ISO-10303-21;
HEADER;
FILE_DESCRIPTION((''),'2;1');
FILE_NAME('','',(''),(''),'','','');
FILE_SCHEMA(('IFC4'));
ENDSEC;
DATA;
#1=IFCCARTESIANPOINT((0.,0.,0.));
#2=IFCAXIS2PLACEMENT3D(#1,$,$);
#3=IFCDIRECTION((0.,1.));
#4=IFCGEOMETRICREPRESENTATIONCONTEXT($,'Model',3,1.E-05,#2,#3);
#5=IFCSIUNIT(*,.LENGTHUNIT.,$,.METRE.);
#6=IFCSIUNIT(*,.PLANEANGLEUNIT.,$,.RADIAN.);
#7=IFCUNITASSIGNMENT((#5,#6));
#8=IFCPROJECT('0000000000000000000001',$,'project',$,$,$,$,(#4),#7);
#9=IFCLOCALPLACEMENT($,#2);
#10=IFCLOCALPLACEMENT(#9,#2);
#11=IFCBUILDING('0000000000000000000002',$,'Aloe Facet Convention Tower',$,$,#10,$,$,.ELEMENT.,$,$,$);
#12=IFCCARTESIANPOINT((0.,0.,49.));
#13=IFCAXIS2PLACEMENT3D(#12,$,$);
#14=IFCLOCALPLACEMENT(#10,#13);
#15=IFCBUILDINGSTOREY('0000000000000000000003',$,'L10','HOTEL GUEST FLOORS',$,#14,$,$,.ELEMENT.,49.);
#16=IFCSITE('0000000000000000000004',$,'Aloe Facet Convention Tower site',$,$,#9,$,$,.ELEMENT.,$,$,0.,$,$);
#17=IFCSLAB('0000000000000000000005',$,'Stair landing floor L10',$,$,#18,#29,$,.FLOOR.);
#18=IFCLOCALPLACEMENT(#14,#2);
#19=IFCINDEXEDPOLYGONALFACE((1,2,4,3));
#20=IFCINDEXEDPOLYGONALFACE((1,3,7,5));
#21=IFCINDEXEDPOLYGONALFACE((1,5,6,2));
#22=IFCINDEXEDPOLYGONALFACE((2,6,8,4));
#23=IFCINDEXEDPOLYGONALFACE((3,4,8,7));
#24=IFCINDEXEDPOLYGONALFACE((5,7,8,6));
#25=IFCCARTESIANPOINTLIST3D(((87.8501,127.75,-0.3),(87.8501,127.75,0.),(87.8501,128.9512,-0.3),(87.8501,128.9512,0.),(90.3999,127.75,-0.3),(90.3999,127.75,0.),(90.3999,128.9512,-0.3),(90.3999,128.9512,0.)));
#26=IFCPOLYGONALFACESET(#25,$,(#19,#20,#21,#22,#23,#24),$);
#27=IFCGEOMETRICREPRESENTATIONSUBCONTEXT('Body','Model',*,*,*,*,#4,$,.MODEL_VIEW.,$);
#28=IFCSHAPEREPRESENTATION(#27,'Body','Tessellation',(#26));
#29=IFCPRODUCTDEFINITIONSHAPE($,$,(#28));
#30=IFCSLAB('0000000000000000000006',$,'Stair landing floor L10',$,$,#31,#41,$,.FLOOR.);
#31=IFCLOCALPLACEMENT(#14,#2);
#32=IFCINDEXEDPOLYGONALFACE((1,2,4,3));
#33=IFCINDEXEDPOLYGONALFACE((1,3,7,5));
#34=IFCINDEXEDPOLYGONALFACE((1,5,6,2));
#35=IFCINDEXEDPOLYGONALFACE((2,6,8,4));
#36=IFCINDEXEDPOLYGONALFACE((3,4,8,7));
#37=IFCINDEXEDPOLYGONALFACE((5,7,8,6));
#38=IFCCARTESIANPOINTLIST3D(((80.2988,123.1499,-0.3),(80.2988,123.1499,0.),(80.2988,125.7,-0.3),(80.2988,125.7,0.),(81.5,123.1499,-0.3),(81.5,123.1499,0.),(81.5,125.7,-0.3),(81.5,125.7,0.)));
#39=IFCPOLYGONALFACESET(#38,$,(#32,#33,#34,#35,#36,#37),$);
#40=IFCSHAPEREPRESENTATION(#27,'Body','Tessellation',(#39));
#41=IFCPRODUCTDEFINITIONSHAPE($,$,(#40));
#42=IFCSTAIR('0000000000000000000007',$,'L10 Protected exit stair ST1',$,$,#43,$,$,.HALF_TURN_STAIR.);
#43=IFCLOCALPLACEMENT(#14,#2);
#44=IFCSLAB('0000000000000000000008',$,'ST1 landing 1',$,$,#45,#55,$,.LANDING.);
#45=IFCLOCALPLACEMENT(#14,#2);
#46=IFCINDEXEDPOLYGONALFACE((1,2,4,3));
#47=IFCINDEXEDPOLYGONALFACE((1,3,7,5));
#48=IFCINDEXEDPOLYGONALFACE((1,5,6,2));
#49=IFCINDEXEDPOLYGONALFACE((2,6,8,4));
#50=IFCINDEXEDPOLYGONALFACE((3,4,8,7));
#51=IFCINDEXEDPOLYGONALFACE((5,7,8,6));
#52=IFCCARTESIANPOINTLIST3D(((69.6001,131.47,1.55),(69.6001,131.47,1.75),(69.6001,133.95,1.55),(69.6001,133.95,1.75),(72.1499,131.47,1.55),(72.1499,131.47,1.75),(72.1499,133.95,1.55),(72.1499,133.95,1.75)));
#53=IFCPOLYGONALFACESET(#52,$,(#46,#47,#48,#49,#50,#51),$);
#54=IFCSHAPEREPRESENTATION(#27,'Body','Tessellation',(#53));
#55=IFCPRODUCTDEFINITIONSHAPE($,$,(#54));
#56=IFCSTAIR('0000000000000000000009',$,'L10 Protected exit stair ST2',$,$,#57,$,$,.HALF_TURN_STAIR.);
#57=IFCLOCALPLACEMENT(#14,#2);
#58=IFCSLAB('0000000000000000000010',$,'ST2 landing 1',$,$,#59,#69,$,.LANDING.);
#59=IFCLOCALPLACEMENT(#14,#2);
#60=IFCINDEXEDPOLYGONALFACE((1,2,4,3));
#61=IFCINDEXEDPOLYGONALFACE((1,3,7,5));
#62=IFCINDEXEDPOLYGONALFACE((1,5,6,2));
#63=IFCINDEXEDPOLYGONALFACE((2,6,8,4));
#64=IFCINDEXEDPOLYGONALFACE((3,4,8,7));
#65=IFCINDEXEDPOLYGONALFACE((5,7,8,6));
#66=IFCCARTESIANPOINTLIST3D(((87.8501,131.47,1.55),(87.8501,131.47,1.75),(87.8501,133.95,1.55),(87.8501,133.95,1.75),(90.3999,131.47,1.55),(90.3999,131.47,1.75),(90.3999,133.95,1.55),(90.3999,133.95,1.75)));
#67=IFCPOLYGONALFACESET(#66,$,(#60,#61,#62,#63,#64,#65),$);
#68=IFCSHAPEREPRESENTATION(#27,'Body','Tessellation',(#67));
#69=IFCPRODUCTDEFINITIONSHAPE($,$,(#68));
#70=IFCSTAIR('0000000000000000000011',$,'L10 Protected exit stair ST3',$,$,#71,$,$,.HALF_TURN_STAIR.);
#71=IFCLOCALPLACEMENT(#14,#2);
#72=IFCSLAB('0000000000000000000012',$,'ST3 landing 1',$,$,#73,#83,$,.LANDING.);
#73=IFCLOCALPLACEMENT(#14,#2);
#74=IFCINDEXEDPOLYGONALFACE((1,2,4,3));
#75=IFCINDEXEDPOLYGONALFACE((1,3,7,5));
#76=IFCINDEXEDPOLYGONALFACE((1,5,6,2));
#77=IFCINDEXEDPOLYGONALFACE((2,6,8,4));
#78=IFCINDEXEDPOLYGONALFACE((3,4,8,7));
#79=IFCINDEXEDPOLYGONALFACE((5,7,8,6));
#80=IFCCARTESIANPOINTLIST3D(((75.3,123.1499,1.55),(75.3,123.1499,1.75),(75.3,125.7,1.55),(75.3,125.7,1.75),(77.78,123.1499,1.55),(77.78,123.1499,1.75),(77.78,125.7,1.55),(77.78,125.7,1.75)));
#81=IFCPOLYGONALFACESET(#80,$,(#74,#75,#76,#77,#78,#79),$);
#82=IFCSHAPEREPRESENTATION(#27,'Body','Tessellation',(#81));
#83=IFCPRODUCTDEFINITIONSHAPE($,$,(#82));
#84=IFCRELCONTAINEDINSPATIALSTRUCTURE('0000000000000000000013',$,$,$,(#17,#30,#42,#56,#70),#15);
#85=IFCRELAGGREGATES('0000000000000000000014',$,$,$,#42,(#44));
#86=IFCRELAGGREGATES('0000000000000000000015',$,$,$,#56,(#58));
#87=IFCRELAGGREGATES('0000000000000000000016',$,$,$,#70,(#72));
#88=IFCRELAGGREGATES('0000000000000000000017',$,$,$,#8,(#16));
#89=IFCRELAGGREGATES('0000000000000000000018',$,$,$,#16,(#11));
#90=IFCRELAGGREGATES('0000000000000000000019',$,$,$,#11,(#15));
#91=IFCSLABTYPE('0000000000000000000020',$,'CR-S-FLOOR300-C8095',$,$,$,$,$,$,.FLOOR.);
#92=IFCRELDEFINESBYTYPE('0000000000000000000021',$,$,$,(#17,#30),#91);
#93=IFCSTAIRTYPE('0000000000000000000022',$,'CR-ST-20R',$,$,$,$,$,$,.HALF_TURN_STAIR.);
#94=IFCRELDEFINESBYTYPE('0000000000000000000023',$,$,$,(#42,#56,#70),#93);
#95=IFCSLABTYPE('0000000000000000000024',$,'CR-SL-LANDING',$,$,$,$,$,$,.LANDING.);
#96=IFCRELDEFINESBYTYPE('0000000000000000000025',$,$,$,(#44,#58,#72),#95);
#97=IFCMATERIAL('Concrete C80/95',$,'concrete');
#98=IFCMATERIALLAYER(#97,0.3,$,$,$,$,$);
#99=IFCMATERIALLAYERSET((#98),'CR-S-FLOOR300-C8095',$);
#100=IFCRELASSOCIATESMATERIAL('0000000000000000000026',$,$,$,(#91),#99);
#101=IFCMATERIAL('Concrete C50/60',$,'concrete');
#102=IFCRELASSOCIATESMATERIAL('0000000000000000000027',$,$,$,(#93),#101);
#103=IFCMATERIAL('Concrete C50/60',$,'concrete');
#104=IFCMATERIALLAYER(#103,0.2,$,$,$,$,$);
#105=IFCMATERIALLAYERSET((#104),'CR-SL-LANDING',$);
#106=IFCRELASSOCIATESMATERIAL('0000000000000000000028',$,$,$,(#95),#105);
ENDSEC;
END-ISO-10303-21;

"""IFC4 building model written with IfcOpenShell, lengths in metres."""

from ifc_helpers import new_model, si_unit, direction, frame, origin, place, context, subcontext, project, spatial, polyline, outline, extrude, material, layer, layer_set, type_object, element, aggregate, save


model = new_model("IFC4")

# Units and contexts
model_context = context("Model", 3, precision=1e-05, world=origin(), true_north=direction((0.0, 1.0)))
body_context = subcontext(model_context, "Body", "Model", "MODEL_VIEW")
ifc_project = project(units=[si_unit("LENGTHUNIT", "METRE"), si_unit("PLANEANGLEUNIT", "RADIAN")], contexts=[model_context])

# Site, building, storey
site_placement = place(None, origin())
site = spatial("IfcSite", under=ifc_project, at=site_placement, Name="Aloe Facet Convention Tower site", CompositionType="ELEMENT", RefElevation=0.0)
building_placement = place(site_placement, origin())
building = spatial("IfcBuilding", under=site, at=building_placement, Name="Aloe Facet Convention Tower", CompositionType="ELEMENT")
storey_placement = place(building_placement, frame((0.0, 0.0, 49.0)))
storey = spatial("IfcBuildingStorey", under=building, at=storey_placement, Name="L10", Description="HOTEL GUEST FLOORS", CompositionType="ELEMENT", Elevation=49.0)

# Slabs
ifc_material_1 = material(Name="Concrete C80/95", Category="concrete")
ifc_layer_1 = layer(ifc_material_1, 0.3)
ifc_layer_set_1 = layer_set([ifc_layer_1], Name="CR-S-FLOOR300-C8095")
slab_type_1 = type_object("IfcSlabType", Name="CR-S-FLOOR300-C8095", PredefinedType="FLOOR", material=ifc_layer_set_1)
slab_1_placement = place(storey_placement, frame((0.0, 0.0, -0.3)))
element("IfcSlab", 1, at=slab_1_placement, inside=storey, type_object=slab_type_1, Name="Stair landing floor L10", PredefinedType="FLOOR", context=body_context, shape_type="SweptSolid", body=[
    extrude(outline(polyline([(90.3999, 127.75), (90.3999, 128.9512), (87.8501, 128.9512), (87.8501, 127.75), (90.3999, 127.75)])), origin(), (0.0, 0.0, 1.0), 0.3),
])
slab_2_placement = place(storey_placement, frame((0.0, 0.0, -0.3)))
element("IfcSlab", 2, at=slab_2_placement, inside=storey, type_object=slab_type_1, Name="Stair landing floor L10", PredefinedType="FLOOR", context=body_context, shape_type="SweptSolid", body=[
    extrude(outline(polyline([(81.5, 125.7), (80.2988, 125.7), (80.2988, 123.1499), (81.5, 123.1499), (81.5, 125.7)])), origin(), (0.0, 0.0, 1.0), 0.3),
])

# Stairs, slabs
ifc_material_2 = material(Name="Concrete C50/60", Category="concrete")
stair_type = type_object("IfcStairType", Name="CR-ST-20R", PredefinedType="HALF_TURN_STAIR", material=ifc_material_2)
stair_1_placement = place(storey_placement, origin())
stair_1 = element("IfcStair", 3, at=stair_1_placement, inside=storey, type_object=stair_type, Name="L10 Protected exit stair ST1", PredefinedType="HALF_TURN_STAIR")
ifc_material_3 = material(Name="Concrete C50/60", Category="concrete")
ifc_layer_2 = layer(ifc_material_3, 0.2)
ifc_layer_set_2 = layer_set([ifc_layer_2], Name="CR-SL-LANDING")
slab_type_2 = type_object("IfcSlabType", Name="CR-SL-LANDING", PredefinedType="LANDING", material=ifc_layer_set_2)
slab_3_placement = place(storey_placement, frame((0.0, 0.0, 1.55)))
slab_3 = element("IfcSlab", 4, at=slab_3_placement, type_object=slab_type_2, Name="ST1 landing 1", PredefinedType="LANDING", context=body_context, shape_type="SweptSolid", body=[
    extrude(outline(polyline([(72.1499, 131.47), (72.1499, 133.95), (69.6001, 133.95), (69.6001, 131.47), (72.1499, 131.47)])), origin(), (0.0, 0.0, 1.0), 0.2),
])
aggregate(stair_1, [slab_3])
stair_2_placement = place(storey_placement, origin())
stair_2 = element("IfcStair", 5, at=stair_2_placement, inside=storey, type_object=stair_type, Name="L10 Protected exit stair ST2", PredefinedType="HALF_TURN_STAIR")
slab_4_placement = place(storey_placement, frame((0.0, 0.0, 1.55)))
slab_4 = element("IfcSlab", 6, at=slab_4_placement, type_object=slab_type_2, Name="ST2 landing 1", PredefinedType="LANDING", context=body_context, shape_type="SweptSolid", body=[
    extrude(outline(polyline([(90.3999, 131.47), (90.3999, 133.95), (87.8501, 133.95), (87.8501, 131.47), (90.3999, 131.47)])), origin(), (0.0, 0.0, 1.0), 0.2),
])
aggregate(stair_2, [slab_4])
stair_3_placement = place(storey_placement, origin())
stair_3 = element("IfcStair", 7, at=stair_3_placement, inside=storey, type_object=stair_type, Name="L10 Protected exit stair ST3", PredefinedType="HALF_TURN_STAIR")
slab_5_placement = place(storey_placement, frame((0.0, 0.0, 1.55)))
slab_5 = element("IfcSlab", 8, at=slab_5_placement, type_object=slab_type_2, Name="ST3 landing 1", PredefinedType="LANDING", context=body_context, shape_type="SweptSolid", body=[
    extrude(outline(polyline([(77.78, 125.7), (75.3, 125.7), (75.3, 123.1499), (77.78, 123.1499), (77.78, 125.7)])), origin(), (0.0, 0.0, 1.0), 0.2),
])
aggregate(stair_3, [slab_5])

save(model, "model.ifc")
